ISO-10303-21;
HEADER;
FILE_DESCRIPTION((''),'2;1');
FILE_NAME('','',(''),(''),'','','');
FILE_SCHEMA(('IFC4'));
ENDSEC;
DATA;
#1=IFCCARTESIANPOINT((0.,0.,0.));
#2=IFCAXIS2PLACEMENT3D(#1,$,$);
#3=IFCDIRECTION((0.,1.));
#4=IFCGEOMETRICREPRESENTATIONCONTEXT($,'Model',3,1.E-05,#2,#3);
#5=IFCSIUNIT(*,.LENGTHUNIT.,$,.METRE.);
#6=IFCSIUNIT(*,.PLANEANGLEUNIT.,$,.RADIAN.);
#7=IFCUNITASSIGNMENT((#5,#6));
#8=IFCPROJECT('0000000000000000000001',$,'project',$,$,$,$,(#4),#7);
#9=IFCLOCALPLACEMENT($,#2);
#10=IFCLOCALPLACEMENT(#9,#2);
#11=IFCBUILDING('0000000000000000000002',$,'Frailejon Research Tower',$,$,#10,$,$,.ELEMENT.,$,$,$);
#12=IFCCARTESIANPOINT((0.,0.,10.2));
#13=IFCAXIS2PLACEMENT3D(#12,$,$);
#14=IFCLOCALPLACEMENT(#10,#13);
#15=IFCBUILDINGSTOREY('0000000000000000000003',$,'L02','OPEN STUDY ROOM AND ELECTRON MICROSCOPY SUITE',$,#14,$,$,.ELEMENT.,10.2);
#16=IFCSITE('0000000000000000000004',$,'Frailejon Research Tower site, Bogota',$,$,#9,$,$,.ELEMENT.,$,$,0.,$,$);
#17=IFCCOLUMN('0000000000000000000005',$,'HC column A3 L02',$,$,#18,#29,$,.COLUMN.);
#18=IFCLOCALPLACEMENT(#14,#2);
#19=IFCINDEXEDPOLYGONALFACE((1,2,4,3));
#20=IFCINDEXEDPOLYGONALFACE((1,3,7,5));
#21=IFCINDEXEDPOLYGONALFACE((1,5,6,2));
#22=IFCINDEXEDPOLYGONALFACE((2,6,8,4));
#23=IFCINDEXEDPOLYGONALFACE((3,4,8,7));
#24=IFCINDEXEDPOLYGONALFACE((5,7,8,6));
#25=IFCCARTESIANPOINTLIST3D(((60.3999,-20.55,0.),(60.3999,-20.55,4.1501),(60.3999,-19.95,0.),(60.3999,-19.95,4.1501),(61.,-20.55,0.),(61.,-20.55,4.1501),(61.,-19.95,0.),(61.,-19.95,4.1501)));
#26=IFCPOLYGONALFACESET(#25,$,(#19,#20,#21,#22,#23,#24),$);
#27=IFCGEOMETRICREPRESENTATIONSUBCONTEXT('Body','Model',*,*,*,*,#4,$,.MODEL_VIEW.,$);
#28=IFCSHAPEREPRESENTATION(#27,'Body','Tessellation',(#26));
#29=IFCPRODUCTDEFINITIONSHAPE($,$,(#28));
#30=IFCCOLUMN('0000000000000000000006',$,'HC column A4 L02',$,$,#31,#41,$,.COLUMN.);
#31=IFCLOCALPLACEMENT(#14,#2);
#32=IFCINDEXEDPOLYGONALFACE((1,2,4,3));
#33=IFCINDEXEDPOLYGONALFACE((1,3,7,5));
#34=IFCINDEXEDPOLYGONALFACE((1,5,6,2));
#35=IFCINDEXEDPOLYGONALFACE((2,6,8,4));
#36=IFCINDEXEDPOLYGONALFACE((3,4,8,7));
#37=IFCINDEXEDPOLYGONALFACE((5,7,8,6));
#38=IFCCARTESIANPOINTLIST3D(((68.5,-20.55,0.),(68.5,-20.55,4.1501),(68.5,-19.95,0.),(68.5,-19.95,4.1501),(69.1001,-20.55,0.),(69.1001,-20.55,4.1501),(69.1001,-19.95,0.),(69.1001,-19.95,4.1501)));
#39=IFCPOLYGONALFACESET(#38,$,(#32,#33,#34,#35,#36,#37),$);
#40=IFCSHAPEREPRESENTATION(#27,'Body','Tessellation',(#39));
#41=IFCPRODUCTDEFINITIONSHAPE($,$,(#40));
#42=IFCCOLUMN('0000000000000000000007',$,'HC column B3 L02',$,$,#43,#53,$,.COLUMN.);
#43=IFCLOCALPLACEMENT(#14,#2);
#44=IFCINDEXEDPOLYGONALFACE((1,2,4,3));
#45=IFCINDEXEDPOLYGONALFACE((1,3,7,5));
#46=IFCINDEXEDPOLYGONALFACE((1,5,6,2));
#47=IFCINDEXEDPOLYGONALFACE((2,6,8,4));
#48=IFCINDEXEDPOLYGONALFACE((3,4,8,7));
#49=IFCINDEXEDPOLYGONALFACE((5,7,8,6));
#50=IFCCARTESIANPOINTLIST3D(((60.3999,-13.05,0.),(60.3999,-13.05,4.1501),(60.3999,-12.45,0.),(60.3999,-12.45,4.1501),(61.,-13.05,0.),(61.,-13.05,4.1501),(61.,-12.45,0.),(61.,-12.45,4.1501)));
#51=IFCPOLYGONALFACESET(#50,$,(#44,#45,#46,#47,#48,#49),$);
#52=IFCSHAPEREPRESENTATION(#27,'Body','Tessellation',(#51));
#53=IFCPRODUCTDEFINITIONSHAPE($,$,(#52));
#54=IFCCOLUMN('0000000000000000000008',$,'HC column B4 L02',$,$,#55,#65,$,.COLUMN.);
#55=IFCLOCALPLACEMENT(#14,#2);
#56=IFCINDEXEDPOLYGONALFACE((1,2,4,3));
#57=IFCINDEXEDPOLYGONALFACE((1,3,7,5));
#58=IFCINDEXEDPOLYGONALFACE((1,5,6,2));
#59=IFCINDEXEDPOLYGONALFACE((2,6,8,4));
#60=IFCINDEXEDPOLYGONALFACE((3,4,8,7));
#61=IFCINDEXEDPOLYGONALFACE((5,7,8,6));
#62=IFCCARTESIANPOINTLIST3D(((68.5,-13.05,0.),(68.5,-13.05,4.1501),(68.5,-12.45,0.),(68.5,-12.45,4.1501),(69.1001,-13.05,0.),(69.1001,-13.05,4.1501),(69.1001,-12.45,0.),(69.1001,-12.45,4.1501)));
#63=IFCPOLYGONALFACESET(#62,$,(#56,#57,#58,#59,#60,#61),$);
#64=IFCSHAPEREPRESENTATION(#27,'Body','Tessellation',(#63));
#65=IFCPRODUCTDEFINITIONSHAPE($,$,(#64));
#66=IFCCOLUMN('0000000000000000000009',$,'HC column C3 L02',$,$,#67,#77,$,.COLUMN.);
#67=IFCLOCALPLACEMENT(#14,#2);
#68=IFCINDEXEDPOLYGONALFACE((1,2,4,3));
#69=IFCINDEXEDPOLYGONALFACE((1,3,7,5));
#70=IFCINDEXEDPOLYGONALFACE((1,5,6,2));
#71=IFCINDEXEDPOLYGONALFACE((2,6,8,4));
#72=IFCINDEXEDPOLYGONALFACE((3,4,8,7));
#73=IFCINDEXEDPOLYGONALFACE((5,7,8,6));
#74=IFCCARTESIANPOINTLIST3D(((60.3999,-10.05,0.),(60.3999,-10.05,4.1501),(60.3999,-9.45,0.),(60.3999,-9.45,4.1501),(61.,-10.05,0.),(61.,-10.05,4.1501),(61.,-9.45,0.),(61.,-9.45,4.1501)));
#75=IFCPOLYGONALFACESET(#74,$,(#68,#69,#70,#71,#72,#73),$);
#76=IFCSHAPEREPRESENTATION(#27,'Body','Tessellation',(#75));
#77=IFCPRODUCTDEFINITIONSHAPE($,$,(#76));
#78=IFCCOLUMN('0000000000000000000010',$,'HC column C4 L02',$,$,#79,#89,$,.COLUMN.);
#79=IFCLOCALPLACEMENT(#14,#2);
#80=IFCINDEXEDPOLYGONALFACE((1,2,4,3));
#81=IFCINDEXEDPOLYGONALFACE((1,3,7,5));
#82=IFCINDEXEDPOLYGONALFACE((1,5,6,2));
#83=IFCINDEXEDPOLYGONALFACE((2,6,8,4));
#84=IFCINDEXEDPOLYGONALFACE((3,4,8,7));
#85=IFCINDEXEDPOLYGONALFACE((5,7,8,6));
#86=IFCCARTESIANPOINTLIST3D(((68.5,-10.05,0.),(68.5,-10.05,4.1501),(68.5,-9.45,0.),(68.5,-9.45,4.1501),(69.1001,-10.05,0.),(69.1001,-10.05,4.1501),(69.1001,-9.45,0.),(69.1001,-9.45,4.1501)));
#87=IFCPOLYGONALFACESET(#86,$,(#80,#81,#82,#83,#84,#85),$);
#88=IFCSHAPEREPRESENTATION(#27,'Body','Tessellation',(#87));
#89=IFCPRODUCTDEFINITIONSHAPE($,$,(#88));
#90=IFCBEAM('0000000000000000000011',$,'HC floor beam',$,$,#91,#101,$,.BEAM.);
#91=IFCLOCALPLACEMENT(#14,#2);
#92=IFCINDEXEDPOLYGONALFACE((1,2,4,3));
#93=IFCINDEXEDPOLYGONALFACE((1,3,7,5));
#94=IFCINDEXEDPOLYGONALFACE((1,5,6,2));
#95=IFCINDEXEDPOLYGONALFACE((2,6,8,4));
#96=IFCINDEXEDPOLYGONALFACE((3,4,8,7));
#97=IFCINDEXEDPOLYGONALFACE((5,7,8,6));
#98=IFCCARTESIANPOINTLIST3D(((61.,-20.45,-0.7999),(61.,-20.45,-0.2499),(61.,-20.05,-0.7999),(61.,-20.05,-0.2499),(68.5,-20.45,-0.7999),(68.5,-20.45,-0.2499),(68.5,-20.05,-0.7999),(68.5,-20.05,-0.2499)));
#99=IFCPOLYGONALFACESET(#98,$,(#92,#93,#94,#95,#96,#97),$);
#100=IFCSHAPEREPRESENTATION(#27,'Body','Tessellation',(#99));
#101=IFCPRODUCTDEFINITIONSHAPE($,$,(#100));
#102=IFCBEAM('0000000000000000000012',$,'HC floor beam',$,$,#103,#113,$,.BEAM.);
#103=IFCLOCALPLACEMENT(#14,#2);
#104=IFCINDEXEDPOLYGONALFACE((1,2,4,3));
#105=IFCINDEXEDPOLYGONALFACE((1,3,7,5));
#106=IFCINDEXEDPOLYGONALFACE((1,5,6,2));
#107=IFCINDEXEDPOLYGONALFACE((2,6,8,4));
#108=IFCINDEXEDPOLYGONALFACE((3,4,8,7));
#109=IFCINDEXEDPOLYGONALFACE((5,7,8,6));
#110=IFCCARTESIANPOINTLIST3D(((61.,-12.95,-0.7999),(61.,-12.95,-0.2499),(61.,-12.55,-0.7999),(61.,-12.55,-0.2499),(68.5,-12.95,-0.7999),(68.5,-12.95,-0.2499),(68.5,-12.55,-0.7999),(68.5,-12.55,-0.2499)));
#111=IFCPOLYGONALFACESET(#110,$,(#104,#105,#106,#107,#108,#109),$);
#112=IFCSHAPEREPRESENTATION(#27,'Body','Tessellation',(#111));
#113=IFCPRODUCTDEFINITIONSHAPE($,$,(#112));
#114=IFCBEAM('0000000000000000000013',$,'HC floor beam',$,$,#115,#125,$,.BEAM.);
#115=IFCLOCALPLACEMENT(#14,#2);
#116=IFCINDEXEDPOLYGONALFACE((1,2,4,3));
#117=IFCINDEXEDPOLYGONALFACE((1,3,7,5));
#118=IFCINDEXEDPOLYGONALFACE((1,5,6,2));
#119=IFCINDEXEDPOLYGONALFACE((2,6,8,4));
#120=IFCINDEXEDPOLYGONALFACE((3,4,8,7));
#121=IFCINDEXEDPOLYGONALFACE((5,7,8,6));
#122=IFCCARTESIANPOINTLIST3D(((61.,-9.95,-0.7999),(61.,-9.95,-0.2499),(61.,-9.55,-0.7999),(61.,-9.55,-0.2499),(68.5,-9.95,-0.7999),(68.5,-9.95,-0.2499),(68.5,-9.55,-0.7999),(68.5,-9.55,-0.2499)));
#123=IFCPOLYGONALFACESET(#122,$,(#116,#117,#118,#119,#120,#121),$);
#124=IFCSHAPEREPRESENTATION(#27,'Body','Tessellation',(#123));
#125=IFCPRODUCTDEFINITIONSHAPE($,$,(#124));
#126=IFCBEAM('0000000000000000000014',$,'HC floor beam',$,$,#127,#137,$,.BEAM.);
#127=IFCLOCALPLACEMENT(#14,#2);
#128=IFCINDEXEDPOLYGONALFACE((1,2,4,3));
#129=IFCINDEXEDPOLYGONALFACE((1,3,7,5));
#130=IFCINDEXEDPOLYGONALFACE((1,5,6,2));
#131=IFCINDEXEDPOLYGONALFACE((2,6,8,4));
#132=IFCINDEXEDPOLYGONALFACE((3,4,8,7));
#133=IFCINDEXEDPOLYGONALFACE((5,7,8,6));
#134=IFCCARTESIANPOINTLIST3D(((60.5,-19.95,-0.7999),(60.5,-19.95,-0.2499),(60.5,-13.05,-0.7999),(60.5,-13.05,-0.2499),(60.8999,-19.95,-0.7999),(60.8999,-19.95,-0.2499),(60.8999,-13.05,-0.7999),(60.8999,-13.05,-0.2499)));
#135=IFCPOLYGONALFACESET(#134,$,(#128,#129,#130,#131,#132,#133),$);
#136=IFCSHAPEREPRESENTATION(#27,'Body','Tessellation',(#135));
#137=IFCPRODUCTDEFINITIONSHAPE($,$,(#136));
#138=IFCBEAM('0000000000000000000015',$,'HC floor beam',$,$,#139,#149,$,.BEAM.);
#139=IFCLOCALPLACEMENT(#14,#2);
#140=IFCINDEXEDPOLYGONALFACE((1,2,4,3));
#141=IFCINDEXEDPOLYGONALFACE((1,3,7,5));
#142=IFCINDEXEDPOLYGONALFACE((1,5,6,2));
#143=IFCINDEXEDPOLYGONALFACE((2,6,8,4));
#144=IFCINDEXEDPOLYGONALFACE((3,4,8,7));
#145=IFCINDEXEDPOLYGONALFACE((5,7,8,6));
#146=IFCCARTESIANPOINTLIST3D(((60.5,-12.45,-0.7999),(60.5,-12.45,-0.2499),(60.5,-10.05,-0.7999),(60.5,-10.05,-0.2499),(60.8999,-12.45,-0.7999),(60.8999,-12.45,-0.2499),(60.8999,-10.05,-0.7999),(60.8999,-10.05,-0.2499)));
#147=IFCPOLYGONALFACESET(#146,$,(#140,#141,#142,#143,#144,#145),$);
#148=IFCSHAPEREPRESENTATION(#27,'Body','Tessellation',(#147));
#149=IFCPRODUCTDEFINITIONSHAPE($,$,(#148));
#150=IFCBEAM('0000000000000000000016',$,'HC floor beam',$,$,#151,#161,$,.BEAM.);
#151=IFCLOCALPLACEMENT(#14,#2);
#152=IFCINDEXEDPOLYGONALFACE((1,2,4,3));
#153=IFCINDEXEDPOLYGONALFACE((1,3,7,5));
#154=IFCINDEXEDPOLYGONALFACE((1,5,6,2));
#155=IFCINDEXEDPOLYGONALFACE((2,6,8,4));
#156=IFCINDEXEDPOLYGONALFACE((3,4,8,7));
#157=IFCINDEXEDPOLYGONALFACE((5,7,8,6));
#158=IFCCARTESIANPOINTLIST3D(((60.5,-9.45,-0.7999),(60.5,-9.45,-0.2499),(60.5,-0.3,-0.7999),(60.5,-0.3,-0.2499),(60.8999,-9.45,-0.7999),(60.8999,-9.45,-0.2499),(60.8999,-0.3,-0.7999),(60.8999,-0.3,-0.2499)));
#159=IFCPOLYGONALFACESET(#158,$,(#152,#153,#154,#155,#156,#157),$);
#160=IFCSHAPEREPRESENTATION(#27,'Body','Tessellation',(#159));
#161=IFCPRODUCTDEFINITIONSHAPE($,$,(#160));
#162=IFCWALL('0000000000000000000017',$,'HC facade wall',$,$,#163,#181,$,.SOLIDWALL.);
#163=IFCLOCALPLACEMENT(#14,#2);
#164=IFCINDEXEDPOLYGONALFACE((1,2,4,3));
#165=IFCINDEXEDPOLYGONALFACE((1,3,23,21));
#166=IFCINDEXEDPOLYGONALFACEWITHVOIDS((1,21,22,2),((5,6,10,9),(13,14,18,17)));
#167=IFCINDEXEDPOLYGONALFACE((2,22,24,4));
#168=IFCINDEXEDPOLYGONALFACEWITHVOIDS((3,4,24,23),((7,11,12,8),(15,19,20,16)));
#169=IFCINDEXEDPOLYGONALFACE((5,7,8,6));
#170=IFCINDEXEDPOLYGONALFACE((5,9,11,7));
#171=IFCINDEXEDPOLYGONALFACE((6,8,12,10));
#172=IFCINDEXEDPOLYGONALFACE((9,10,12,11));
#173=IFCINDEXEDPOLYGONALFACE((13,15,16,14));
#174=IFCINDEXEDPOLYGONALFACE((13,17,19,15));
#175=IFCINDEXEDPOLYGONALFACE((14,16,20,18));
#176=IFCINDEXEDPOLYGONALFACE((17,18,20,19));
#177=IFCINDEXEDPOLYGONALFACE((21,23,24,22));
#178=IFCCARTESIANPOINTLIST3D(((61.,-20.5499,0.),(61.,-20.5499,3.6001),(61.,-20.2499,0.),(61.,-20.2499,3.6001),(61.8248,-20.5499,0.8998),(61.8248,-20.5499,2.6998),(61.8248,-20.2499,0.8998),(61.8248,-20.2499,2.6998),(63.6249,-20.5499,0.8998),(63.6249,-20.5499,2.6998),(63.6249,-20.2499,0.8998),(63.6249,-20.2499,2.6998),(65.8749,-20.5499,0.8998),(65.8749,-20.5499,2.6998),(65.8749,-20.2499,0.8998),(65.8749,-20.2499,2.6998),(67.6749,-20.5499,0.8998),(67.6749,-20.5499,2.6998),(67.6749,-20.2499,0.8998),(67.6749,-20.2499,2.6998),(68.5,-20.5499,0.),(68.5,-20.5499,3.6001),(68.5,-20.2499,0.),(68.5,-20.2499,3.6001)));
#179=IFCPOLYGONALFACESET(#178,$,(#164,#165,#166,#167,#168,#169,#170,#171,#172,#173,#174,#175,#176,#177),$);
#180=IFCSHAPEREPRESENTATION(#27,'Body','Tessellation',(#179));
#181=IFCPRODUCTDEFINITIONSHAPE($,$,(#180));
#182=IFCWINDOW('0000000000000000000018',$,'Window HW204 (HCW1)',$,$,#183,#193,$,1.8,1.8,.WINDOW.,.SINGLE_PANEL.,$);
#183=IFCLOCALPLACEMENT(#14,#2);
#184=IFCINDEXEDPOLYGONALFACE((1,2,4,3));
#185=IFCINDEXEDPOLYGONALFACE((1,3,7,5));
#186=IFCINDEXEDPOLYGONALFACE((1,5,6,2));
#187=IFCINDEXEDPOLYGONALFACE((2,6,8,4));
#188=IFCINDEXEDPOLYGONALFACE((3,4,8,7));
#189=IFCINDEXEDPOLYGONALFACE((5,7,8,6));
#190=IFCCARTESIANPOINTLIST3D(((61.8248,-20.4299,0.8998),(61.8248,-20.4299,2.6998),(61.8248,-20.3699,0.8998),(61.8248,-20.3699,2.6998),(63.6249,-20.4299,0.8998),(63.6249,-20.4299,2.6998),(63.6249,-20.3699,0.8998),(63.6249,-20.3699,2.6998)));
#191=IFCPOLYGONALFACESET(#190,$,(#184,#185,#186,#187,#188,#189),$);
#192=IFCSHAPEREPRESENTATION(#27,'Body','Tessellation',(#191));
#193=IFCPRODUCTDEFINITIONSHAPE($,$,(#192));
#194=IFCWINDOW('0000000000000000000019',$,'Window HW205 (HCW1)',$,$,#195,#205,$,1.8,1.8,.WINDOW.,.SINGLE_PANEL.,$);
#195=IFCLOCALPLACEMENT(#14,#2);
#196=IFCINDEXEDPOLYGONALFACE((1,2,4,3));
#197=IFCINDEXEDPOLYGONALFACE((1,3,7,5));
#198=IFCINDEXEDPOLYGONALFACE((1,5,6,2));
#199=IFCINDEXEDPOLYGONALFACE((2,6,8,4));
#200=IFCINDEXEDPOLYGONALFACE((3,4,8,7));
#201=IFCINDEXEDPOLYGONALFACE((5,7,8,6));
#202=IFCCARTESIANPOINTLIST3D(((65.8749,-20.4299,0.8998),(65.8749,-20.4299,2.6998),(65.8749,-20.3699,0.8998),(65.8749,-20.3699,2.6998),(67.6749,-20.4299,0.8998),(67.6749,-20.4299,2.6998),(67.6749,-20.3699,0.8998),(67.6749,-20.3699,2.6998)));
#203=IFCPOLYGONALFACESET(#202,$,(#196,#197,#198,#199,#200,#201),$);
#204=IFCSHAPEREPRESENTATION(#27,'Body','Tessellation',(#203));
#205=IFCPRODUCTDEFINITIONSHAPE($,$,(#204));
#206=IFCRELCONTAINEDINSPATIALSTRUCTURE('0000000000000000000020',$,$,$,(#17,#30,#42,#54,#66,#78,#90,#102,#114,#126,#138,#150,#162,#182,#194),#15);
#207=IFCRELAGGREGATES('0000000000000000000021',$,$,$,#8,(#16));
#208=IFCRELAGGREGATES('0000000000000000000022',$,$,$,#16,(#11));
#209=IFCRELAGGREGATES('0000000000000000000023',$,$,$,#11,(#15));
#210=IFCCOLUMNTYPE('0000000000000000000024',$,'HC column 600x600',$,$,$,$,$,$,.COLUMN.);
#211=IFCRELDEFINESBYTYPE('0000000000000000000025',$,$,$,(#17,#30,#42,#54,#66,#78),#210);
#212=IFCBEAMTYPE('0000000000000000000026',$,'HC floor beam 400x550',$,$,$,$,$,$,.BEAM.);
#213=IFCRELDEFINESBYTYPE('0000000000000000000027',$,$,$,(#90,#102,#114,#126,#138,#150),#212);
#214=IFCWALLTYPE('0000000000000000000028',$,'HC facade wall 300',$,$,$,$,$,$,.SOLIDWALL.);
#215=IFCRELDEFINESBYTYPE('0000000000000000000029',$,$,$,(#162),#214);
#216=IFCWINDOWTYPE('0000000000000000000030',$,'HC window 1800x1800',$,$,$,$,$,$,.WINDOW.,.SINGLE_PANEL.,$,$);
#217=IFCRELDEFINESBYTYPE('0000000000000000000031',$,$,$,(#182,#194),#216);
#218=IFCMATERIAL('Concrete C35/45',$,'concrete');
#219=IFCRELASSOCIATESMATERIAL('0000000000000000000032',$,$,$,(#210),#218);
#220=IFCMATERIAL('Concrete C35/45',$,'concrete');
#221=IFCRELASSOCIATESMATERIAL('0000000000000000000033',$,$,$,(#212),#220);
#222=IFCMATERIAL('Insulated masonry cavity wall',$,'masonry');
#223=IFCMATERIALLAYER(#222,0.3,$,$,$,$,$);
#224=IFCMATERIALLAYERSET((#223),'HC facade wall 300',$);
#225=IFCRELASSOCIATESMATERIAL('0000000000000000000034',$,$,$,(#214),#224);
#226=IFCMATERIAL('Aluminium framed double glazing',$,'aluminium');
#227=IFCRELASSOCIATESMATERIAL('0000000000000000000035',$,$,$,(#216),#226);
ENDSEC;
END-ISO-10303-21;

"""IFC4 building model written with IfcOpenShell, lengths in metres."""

from ifc_helpers import new_model, si_unit, direction, frame, frame_2d, origin, origin_2d, place, context, subcontext, project, spatial, rectangle, extrude, material, layer, layer_set, material_profile, profile_set, type_object, element, fill, save


model = new_model("IFC4")

# Units and contexts
model_context = context("Model", 3, precision=1e-05, world=origin(), true_north=direction((0.0, 1.0)))
body_context = subcontext(model_context, "Body", "Model", "MODEL_VIEW")
ifc_project = project(units=[si_unit("LENGTHUNIT", "METRE"), si_unit("PLANEANGLEUNIT", "RADIAN")], contexts=[model_context])

# Site, building, storey
site_placement = place(None, origin())
site = spatial("IfcSite", under=ifc_project, at=site_placement, Name="Frailejon Research Tower site, Bogota", CompositionType="ELEMENT", RefElevation=0.0)
building_placement = place(site_placement, origin())
building = spatial("IfcBuilding", under=site, at=building_placement, Name="Frailejon Research Tower", CompositionType="ELEMENT")
storey_placement = place(building_placement, frame((0.0, 0.0, 10.2)))
storey = spatial("IfcBuildingStorey", under=building, at=storey_placement, Name="L02", Description="OPEN STUDY ROOM AND ELECTRON MICROSCOPY SUITE", CompositionType="ELEMENT", Elevation=10.2)

# Columns
ifc_material_1 = material(Name="Concrete C35/45", Category="concrete")
ifc_material_profile_1 = material_profile(ifc_material_1, rectangle(XDim=0.6001, YDim=0.6001, at=origin_2d()), Name="HC column 600x600")
ifc_profile_set_1 = profile_set([ifc_material_profile_1], Name="Concrete C35/45")
column_type = type_object("IfcColumnType", Name="HC column 600x600", PredefinedType="COLUMN", material=ifc_profile_set_1)
for number, where, z_axis, x_axis, name in (
    (1, (60.7, -20.25, 0.0), (0.0, 0.0, 1.0), (1.0, 0.0, 0.0), "HC column A3 L02"),
    (2, (68.8, -20.25, 0.0), (0.0, 0.0, 1.0), (1.0, 0.0, 0.0), "HC column A4 L02"),
    (3, (60.7, -12.75, 0.0), (0.0, 0.0, 1.0), (1.0, 0.0, 0.0), "HC column B3 L02"),
    (4, (68.8, -12.75, 0.0), (0.0, 0.0, 1.0), (1.0, 0.0, 0.0), "HC column B4 L02"),
    (5, (60.7, -9.75, 0.0), (0.0, 0.0, 1.0), (1.0, 0.0, 0.0), "HC column C3 L02"),
    (6, (68.8, -9.75, 0.0), (0.0, 0.0, 1.0), (1.0, 0.0, 0.0), "HC column C4 L02"),
):
    element("IfcColumn", number, at=place(storey_placement, frame(where, z_axis=z_axis, x_axis=x_axis)), inside=storey, type_object=column_type, Name=name, PredefinedType="COLUMN", context=body_context, shape_type="SweptSolid", body=[
        extrude(rectangle(XDim=0.6001, YDim=0.6001, at=origin_2d()), origin(), (0.0, 0.0, 1.0), 4.1501),
    ])

# Beams
ifc_material_2 = material(Name="Concrete C35/45", Category="concrete")
ifc_material_profile_2 = material_profile(ifc_material_2, rectangle(XDim=0.3999, YDim=0.55, at=origin_2d()), Name="HC floor beam 400x550")
ifc_profile_set_2 = profile_set([ifc_material_profile_2], Name="Concrete C35/45")
beam_type = type_object("IfcBeamType", Name="HC floor beam 400x550", PredefinedType="BEAM", material=ifc_profile_set_2)
for number, where, z_axis, x_axis, name in (
    (7, (61.0, -20.25, -0.5249), (1.0, 0.0, 0.0), (0.0, 1.0, 0.0), "HC floor beam"),
    (8, (61.0, -12.75, -0.5249), (1.0, 0.0, 0.0), (0.0, 1.0, 0.0), "HC floor beam"),
    (9, (61.0, -9.75, -0.5249), (1.0, 0.0, 0.0), (0.0, 1.0, 0.0), "HC floor beam"),
):
    element("IfcBeam", number, at=place(storey_placement, frame(where, z_axis=z_axis, x_axis=x_axis)), inside=storey, type_object=beam_type, Name=name, PredefinedType="BEAM", context=body_context, shape_type="SweptSolid", body=[
        extrude(rectangle(XDim=0.3999, YDim=0.55, at=origin_2d()), origin(), (0.0, 0.0, 1.0), 7.5),
    ])
beam_1_placement = place(storey_placement, frame((60.7, -19.95, -0.5249), z_axis=(0.0, 1.0, 0.0), x_axis=(-1.0, 0.0, 0.0)))
element("IfcBeam", 10, at=beam_1_placement, inside=storey, type_object=beam_type, Name="HC floor beam", PredefinedType="BEAM", context=body_context, shape_type="SweptSolid", body=[
    extrude(rectangle(XDim=0.3999, YDim=0.55, at=origin_2d()), origin(), (0.0, 0.0, 1.0), 6.8999),
])
beam_2_placement = place(storey_placement, frame((60.7, -12.45, -0.5249), z_axis=(0.0, 1.0, 0.0), x_axis=(-1.0, 0.0, 0.0)))
element("IfcBeam", 11, at=beam_2_placement, inside=storey, type_object=beam_type, Name="HC floor beam", PredefinedType="BEAM", context=body_context, shape_type="SweptSolid", body=[
    extrude(rectangle(XDim=0.3999, YDim=0.55, at=origin_2d()), origin(), (0.0, 0.0, 1.0), 2.3999),
])
beam_3_placement = place(storey_placement, frame((60.7, -9.45, -0.5249), z_axis=(0.0, 1.0, 0.0), x_axis=(-1.0, 0.0, 0.0)))
element("IfcBeam", 12, at=beam_3_placement, inside=storey, type_object=beam_type, Name="HC floor beam", PredefinedType="BEAM", context=body_context, shape_type="SweptSolid", body=[
    extrude(rectangle(XDim=0.3999, YDim=0.55, at=origin_2d()), origin(), (0.0, 0.0, 1.0), 9.1499),
])

# Wall, openings, windows
ifc_material_3 = material(Name="Insulated masonry cavity wall", Category="masonry")
ifc_layer_1 = layer(ifc_material_3, 0.3)
ifc_layer_set_1 = layer_set([ifc_layer_1], Name="HC facade wall 300")
wall_type_1 = type_object("IfcWallType", Name="HC facade wall 300", PredefinedType="SOLIDWALL", material=ifc_layer_set_1)
wall_1_placement = place(storey_placement, frame((61.0, -20.3999, 0.0), z_axis=(0.0, 0.0, 1.0), x_axis=(1.0, 0.0, 0.0)))
wall_1 = element("IfcWall", 13, at=wall_1_placement, inside=storey, type_object=wall_type_1, Name="HC facade wall", PredefinedType="SOLIDWALL", context=body_context, shape_type="SweptSolid", body=[
    extrude(rectangle(XDim=7.5, YDim=0.3, at=frame_2d((3.75, 0.0))), origin(), (0.0, 0.0, 1.0), 3.6001),
])
opening_1_placement = place(wall_1_placement, frame((0.825, 0.0, 0.8999)))
opening_1 = element("IfcOpeningElement", 14, at=opening_1_placement, cuts=wall_1, PredefinedType="OPENING", context=body_context, shape_type="SweptSolid", body=[
    extrude(rectangle(XDim=1.8, YDim=1.8, at=frame_2d((0.8999, 0.8999))), frame((0.0, 0.1599, 0.0), z_axis=(0.0, -1.0, 0.0), x_axis=(1.0, 0.0, 0.0)), (0.0, 0.0, 1.0), 0.3201),
])
opening_2_placement = place(wall_1_placement, frame((4.875, 0.0, 0.8999)))
opening_2 = element("IfcOpeningElement", 15, at=opening_2_placement, cuts=wall_1, PredefinedType="OPENING", context=body_context, shape_type="SweptSolid", body=[
    extrude(rectangle(XDim=1.8, YDim=1.8, at=frame_2d((0.8999, 0.8999))), frame((0.0, 0.1599, 0.0), z_axis=(0.0, -1.0, 0.0), x_axis=(1.0, 0.0, 0.0)), (0.0, 0.0, 1.0), 0.3201),
])
ifc_material_4 = material(Name="Aluminium framed double glazing", Category="aluminium")
window_type = type_object("IfcWindowType", Name="HC window 1800x1800", PartitioningType="SINGLE_PANEL", PredefinedType="WINDOW", material=ifc_material_4)
window_1_placement = place(opening_1_placement, origin())
window_1 = element("IfcWindow", 16, at=window_1_placement, inside=storey, type_object=window_type, Name="Window HW204 (HCW1)", OverallHeight=1.8, OverallWidth=1.8, PartitioningType="SINGLE_PANEL", PredefinedType="WINDOW", context=body_context, shape_type="SweptSolid", body=[
    extrude(rectangle(XDim=1.8, YDim=1.8, at=frame_2d((0.8999, 0.8999))), frame((0.0, 0.03, 0.0), z_axis=(0.0, -1.0, 0.0), x_axis=(1.0, 0.0, 0.0)), (0.0, 0.0, 1.0), 0.0601),
])
fill(opening_1, window_1)
window_2_placement = place(opening_2_placement, origin())
window_2 = element("IfcWindow", 17, at=window_2_placement, inside=storey, type_object=window_type, Name="Window HW205 (HCW1)", OverallHeight=1.8, OverallWidth=1.8, PartitioningType="SINGLE_PANEL", PredefinedType="WINDOW", context=body_context, shape_type="SweptSolid", body=[
    extrude(rectangle(XDim=1.8, YDim=1.8, at=frame_2d((0.8999, 0.8999))), frame((0.0, 0.03, 0.0), z_axis=(0.0, -1.0, 0.0), x_axis=(1.0, 0.0, 0.0)), (0.0, 0.0, 1.0), 0.0601),
])
fill(opening_2, window_2)

save(model, "model.ifc")
